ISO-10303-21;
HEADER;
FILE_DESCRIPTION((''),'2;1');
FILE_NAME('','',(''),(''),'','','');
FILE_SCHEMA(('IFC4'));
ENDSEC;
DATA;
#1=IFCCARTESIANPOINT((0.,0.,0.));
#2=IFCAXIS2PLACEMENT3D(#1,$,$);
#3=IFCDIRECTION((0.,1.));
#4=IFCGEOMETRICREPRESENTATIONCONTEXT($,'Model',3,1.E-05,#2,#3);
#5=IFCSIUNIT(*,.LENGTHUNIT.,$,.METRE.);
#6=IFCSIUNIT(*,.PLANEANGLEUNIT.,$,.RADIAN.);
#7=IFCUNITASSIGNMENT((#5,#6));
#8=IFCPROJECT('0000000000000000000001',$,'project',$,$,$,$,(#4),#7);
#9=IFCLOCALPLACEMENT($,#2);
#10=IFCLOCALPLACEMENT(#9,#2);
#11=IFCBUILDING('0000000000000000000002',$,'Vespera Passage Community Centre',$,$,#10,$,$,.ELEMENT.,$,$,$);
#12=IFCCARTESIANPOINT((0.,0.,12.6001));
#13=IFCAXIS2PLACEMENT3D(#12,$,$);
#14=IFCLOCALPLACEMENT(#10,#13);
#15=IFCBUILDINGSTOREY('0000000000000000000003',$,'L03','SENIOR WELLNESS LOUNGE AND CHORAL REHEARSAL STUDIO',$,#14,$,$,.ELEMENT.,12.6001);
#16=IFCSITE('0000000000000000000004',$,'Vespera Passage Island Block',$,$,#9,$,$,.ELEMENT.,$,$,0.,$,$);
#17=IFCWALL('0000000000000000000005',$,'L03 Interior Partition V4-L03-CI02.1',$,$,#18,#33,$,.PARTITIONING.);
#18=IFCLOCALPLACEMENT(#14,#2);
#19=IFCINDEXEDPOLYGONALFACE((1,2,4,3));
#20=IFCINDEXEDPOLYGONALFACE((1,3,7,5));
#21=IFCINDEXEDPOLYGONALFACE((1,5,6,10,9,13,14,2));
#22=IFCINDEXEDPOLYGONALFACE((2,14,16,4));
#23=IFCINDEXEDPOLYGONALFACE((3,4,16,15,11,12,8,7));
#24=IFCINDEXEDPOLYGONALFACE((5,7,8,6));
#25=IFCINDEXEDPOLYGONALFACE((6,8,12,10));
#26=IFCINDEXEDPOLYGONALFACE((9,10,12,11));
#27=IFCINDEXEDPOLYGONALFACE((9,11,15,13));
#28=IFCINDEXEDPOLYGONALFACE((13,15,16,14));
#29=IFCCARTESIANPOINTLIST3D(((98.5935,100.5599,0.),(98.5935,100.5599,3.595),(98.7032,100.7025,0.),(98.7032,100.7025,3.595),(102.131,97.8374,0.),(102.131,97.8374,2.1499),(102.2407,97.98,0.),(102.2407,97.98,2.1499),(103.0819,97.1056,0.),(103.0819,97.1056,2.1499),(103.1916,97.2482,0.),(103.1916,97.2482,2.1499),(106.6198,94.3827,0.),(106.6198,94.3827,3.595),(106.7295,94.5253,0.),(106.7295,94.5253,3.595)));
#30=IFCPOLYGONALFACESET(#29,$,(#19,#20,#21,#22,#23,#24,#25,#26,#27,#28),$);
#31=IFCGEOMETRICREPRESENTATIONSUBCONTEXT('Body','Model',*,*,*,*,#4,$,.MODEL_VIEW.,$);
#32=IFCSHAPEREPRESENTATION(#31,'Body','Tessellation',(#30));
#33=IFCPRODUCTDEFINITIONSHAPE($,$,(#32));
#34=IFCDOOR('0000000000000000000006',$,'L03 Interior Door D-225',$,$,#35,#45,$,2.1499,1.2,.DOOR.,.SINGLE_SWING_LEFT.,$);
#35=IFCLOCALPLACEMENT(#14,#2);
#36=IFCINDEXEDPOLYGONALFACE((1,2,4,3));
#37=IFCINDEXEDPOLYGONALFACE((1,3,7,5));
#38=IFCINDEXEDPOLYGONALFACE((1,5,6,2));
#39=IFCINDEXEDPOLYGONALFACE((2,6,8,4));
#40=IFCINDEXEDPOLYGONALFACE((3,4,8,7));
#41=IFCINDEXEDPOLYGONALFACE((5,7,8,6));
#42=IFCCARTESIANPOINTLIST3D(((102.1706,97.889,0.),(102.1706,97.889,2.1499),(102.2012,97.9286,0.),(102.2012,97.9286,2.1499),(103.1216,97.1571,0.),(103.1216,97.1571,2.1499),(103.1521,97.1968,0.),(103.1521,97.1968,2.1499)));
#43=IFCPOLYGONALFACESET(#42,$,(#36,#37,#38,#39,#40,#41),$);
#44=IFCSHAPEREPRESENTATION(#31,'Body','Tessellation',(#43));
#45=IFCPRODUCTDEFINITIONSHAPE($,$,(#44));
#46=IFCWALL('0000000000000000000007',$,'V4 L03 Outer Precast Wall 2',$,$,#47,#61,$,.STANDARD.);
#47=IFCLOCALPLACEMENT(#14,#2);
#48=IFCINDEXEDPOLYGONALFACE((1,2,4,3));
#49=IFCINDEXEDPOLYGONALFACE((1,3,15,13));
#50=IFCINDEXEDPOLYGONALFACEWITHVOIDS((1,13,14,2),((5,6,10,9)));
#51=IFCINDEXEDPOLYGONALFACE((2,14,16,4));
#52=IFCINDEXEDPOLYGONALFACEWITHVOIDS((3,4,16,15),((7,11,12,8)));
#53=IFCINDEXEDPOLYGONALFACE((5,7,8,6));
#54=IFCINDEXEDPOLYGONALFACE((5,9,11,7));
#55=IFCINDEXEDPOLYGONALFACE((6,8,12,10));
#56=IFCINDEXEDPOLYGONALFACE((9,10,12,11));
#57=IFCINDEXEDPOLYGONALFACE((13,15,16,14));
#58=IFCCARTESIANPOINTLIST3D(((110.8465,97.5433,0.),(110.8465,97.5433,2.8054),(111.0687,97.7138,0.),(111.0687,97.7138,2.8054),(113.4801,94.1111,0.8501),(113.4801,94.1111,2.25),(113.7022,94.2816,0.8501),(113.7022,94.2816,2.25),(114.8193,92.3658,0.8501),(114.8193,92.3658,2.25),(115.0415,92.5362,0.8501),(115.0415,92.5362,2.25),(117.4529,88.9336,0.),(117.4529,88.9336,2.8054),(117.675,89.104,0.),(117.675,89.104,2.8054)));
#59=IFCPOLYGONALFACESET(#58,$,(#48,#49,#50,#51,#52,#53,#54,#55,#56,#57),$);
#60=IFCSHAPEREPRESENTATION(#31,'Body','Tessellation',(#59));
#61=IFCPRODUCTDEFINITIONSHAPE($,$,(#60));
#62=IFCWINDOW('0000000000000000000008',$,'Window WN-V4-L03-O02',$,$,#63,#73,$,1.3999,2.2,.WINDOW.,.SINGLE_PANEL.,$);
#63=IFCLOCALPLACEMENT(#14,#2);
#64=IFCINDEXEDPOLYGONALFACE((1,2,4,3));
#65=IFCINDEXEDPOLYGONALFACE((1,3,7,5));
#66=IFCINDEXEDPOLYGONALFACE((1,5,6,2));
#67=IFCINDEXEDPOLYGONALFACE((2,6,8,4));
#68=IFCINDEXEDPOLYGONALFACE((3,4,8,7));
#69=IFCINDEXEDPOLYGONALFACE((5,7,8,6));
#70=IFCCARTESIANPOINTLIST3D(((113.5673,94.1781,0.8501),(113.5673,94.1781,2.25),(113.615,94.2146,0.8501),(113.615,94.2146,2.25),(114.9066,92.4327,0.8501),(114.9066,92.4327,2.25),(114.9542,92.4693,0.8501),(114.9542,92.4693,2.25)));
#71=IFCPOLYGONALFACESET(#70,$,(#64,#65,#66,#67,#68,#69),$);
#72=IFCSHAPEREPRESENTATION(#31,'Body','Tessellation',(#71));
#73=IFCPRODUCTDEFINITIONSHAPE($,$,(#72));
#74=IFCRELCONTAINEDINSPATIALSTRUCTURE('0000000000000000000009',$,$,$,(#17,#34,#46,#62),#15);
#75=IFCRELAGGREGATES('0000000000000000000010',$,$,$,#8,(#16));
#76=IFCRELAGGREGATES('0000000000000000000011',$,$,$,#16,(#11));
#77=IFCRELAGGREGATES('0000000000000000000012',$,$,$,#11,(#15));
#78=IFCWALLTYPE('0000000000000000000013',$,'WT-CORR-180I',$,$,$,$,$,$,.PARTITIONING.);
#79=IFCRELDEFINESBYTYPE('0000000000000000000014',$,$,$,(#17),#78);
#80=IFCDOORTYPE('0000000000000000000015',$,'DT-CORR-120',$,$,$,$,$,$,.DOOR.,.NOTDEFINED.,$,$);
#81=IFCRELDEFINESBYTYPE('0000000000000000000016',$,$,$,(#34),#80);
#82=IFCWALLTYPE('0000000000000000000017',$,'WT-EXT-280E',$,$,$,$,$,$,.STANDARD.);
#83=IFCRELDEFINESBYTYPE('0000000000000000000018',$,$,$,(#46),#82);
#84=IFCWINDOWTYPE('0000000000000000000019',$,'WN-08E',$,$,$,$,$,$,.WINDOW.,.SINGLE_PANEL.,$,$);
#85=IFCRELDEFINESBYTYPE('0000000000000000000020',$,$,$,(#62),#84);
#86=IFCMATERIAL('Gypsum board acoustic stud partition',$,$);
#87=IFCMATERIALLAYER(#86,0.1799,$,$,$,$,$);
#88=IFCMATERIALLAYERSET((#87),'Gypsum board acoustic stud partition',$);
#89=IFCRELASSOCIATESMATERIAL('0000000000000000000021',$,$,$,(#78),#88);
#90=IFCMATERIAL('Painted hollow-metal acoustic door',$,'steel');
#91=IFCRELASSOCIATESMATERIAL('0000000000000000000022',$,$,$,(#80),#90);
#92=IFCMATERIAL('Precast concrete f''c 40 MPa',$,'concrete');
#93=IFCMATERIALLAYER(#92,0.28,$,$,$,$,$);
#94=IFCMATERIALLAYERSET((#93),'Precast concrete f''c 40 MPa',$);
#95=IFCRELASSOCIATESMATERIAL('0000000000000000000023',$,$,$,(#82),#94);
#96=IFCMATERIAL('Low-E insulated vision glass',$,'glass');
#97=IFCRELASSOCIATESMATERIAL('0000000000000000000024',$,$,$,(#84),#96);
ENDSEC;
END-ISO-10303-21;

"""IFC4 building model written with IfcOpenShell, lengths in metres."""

from ifc_helpers import new_model, si_unit, direction, frame, frame_2d, origin, place, context, subcontext, project, spatial, rectangle, extrude, material, layer, layer_set, type_object, element, fill, save


model = new_model("IFC4")

# Units and contexts
model_context = context("Model", 3, precision=1e-05, world=origin(), true_north=direction((0.0, 1.0)))
body_context = subcontext(model_context, "Body", "Model", "MODEL_VIEW")
ifc_project = project(units=[si_unit("LENGTHUNIT", "METRE"), si_unit("PLANEANGLEUNIT", "RADIAN")], contexts=[model_context])

# Site, building, storey
site_placement = place(None, origin())
site = spatial("IfcSite", under=ifc_project, at=site_placement, Name="Vespera Passage Island Block", CompositionType="ELEMENT", RefElevation=0.0)
building_placement = place(site_placement, origin())
building = spatial("IfcBuilding", under=site, at=building_placement, Name="Vespera Passage Community Centre", CompositionType="ELEMENT")
storey_placement = place(building_placement, frame((0.0, 0.0, 12.6001)))
storey = spatial("IfcBuildingStorey", under=building, at=storey_placement, Name="L03", Description="SENIOR WELLNESS LOUNGE AND CHORAL REHEARSAL STUDIO", CompositionType="ELEMENT", Elevation=12.6001)

# Wall, opening, door
ifc_material_1 = material(Name="Gypsum board acoustic stud partition")
ifc_layer_1 = layer(ifc_material_1, 0.1799)
ifc_layer_set_1 = layer_set([ifc_layer_1], Name="Gypsum board acoustic stud partition")
wall_type_1 = type_object("IfcWallType", Name="WT-CORR-180I", PredefinedType="PARTITIONING", material=ifc_layer_set_1)
wall_1_placement = place(storey_placement, frame((106.6746, 94.4541, 0.0), z_axis=(0.0, 0.0, 1.0), x_axis=(-0.792475, 0.609904, 0.0)))
wall_1 = element("IfcWall", 1, at=wall_1_placement, inside=storey, type_object=wall_type_1, Name="L03 Interior Partition V4-L03-CI02.1", PredefinedType="PARTITIONING", context=body_context, shape_type="SweptSolid", body=[
    extrude(rectangle(XDim=10.1282, YDim=0.1799, at=frame_2d((5.064, 0.0))), origin(), (0.0, 0.0, 1.0), 3.595),
])
opening_1_placement = place(wall_1_placement, frame((4.4641, 0.0, 0.0)))
opening_1 = element("IfcOpeningElement", 2, at=opening_1_placement, cuts=wall_1, PredefinedType="OPENING", context=body_context, shape_type="SweptSolid", body=[
    extrude(rectangle(XDim=1.2, YDim=2.1499, at=frame_2d((0.6001, 1.075))), frame((0.0, 0.0999, 0.0), z_axis=(0.0, -1.0, 0.0), x_axis=(1.0, 0.0, 0.0)), (0.0, 0.0, 1.0), 0.2),
])
ifc_material_2 = material(Name="Painted hollow-metal acoustic door", Category="steel")
door_type_1 = type_object("IfcDoorType", Name="DT-CORR-120", OperationType="NOTDEFINED", PredefinedType="DOOR", material=ifc_material_2)
door_1_placement = place(opening_1_placement, origin())
door_1 = element("IfcDoor", 3, at=door_1_placement, inside=storey, type_object=door_type_1, Name="L03 Interior Door D-225", OperationType="SINGLE_SWING_LEFT", OverallHeight=2.1499, OverallWidth=1.2, PredefinedType="DOOR", context=body_context, shape_type="SweptSolid", body=[
    extrude(rectangle(XDim=1.2, YDim=2.1499, at=frame_2d((0.6001, 1.075))), frame((0.0, 0.0249, 0.0), z_axis=(0.0, -1.0, 0.0), x_axis=(1.0, 0.0, 0.0)), (0.0, 0.0, 1.0), 0.05),
])
fill(opening_1, door_1)

# Wall, opening, window
ifc_material_3 = material(Name="Precast concrete f'c 40 MPa", Category="concrete")
ifc_layer_2 = layer(ifc_material_3, 0.28)
ifc_layer_set_2 = layer_set([ifc_layer_2], Name="Precast concrete f'c 40 MPa")
wall_type_2 = type_object("IfcWallType", Name="WT-EXT-280E", PredefinedType="STANDARD", material=ifc_layer_set_2)
wall_2_placement = place(storey_placement, frame((110.9575, 97.6287, 0.0), z_axis=(0.0, 0.0, 1.0), x_axis=(0.608754, -0.793359, 0.0)))
wall_2 = element("IfcWall", 4, at=wall_2_placement, inside=storey, type_object=wall_type_2, Name="V4 L03 Outer Precast Wall 2", PredefinedType="STANDARD", context=body_context, shape_type="SweptSolid", body=[
    extrude(rectangle(XDim=10.8523, YDim=0.28, at=frame_2d((5.4263, 0.0))), origin(), (0.0, 0.0, 1.0), 2.8054),
])
opening_2_placement = place(wall_2_placement, frame((4.3262, 0.0, 0.8501)))
opening_2 = element("IfcOpeningElement", 5, at=opening_2_placement, cuts=wall_2, PredefinedType="OPENING", context=body_context, shape_type="SweptSolid", body=[
    extrude(rectangle(XDim=2.2, YDim=1.3999, at=frame_2d((1.1001, 0.7))), frame((0.0, 0.1501, 0.0), z_axis=(0.0, -1.0, 0.0), x_axis=(1.0, 0.0, 0.0)), (0.0, 0.0, 1.0), 0.3),
])
ifc_material_4 = material(Name="Low-E insulated vision glass", Category="glass")
window_type = type_object("IfcWindowType", Name="WN-08E", PartitioningType="SINGLE_PANEL", PredefinedType="WINDOW", material=ifc_material_4)
window_placement = place(opening_2_placement, origin())
window = element("IfcWindow", 6, at=window_placement, inside=storey, type_object=window_type, Name="Window WN-V4-L03-O02", OverallHeight=1.3999, OverallWidth=2.2, PartitioningType="SINGLE_PANEL", PredefinedType="WINDOW", context=body_context, shape_type="SweptSolid", body=[
    extrude(rectangle(XDim=2.2, YDim=1.3999, at=frame_2d((1.1001, 0.7))), frame((0.0, 0.03, 0.0), z_axis=(0.0, -1.0, 0.0), x_axis=(1.0, 0.0, 0.0)), (0.0, 0.0, 1.0), 0.0601),
])
fill(opening_2, window)

save(model, "model.ifc")
